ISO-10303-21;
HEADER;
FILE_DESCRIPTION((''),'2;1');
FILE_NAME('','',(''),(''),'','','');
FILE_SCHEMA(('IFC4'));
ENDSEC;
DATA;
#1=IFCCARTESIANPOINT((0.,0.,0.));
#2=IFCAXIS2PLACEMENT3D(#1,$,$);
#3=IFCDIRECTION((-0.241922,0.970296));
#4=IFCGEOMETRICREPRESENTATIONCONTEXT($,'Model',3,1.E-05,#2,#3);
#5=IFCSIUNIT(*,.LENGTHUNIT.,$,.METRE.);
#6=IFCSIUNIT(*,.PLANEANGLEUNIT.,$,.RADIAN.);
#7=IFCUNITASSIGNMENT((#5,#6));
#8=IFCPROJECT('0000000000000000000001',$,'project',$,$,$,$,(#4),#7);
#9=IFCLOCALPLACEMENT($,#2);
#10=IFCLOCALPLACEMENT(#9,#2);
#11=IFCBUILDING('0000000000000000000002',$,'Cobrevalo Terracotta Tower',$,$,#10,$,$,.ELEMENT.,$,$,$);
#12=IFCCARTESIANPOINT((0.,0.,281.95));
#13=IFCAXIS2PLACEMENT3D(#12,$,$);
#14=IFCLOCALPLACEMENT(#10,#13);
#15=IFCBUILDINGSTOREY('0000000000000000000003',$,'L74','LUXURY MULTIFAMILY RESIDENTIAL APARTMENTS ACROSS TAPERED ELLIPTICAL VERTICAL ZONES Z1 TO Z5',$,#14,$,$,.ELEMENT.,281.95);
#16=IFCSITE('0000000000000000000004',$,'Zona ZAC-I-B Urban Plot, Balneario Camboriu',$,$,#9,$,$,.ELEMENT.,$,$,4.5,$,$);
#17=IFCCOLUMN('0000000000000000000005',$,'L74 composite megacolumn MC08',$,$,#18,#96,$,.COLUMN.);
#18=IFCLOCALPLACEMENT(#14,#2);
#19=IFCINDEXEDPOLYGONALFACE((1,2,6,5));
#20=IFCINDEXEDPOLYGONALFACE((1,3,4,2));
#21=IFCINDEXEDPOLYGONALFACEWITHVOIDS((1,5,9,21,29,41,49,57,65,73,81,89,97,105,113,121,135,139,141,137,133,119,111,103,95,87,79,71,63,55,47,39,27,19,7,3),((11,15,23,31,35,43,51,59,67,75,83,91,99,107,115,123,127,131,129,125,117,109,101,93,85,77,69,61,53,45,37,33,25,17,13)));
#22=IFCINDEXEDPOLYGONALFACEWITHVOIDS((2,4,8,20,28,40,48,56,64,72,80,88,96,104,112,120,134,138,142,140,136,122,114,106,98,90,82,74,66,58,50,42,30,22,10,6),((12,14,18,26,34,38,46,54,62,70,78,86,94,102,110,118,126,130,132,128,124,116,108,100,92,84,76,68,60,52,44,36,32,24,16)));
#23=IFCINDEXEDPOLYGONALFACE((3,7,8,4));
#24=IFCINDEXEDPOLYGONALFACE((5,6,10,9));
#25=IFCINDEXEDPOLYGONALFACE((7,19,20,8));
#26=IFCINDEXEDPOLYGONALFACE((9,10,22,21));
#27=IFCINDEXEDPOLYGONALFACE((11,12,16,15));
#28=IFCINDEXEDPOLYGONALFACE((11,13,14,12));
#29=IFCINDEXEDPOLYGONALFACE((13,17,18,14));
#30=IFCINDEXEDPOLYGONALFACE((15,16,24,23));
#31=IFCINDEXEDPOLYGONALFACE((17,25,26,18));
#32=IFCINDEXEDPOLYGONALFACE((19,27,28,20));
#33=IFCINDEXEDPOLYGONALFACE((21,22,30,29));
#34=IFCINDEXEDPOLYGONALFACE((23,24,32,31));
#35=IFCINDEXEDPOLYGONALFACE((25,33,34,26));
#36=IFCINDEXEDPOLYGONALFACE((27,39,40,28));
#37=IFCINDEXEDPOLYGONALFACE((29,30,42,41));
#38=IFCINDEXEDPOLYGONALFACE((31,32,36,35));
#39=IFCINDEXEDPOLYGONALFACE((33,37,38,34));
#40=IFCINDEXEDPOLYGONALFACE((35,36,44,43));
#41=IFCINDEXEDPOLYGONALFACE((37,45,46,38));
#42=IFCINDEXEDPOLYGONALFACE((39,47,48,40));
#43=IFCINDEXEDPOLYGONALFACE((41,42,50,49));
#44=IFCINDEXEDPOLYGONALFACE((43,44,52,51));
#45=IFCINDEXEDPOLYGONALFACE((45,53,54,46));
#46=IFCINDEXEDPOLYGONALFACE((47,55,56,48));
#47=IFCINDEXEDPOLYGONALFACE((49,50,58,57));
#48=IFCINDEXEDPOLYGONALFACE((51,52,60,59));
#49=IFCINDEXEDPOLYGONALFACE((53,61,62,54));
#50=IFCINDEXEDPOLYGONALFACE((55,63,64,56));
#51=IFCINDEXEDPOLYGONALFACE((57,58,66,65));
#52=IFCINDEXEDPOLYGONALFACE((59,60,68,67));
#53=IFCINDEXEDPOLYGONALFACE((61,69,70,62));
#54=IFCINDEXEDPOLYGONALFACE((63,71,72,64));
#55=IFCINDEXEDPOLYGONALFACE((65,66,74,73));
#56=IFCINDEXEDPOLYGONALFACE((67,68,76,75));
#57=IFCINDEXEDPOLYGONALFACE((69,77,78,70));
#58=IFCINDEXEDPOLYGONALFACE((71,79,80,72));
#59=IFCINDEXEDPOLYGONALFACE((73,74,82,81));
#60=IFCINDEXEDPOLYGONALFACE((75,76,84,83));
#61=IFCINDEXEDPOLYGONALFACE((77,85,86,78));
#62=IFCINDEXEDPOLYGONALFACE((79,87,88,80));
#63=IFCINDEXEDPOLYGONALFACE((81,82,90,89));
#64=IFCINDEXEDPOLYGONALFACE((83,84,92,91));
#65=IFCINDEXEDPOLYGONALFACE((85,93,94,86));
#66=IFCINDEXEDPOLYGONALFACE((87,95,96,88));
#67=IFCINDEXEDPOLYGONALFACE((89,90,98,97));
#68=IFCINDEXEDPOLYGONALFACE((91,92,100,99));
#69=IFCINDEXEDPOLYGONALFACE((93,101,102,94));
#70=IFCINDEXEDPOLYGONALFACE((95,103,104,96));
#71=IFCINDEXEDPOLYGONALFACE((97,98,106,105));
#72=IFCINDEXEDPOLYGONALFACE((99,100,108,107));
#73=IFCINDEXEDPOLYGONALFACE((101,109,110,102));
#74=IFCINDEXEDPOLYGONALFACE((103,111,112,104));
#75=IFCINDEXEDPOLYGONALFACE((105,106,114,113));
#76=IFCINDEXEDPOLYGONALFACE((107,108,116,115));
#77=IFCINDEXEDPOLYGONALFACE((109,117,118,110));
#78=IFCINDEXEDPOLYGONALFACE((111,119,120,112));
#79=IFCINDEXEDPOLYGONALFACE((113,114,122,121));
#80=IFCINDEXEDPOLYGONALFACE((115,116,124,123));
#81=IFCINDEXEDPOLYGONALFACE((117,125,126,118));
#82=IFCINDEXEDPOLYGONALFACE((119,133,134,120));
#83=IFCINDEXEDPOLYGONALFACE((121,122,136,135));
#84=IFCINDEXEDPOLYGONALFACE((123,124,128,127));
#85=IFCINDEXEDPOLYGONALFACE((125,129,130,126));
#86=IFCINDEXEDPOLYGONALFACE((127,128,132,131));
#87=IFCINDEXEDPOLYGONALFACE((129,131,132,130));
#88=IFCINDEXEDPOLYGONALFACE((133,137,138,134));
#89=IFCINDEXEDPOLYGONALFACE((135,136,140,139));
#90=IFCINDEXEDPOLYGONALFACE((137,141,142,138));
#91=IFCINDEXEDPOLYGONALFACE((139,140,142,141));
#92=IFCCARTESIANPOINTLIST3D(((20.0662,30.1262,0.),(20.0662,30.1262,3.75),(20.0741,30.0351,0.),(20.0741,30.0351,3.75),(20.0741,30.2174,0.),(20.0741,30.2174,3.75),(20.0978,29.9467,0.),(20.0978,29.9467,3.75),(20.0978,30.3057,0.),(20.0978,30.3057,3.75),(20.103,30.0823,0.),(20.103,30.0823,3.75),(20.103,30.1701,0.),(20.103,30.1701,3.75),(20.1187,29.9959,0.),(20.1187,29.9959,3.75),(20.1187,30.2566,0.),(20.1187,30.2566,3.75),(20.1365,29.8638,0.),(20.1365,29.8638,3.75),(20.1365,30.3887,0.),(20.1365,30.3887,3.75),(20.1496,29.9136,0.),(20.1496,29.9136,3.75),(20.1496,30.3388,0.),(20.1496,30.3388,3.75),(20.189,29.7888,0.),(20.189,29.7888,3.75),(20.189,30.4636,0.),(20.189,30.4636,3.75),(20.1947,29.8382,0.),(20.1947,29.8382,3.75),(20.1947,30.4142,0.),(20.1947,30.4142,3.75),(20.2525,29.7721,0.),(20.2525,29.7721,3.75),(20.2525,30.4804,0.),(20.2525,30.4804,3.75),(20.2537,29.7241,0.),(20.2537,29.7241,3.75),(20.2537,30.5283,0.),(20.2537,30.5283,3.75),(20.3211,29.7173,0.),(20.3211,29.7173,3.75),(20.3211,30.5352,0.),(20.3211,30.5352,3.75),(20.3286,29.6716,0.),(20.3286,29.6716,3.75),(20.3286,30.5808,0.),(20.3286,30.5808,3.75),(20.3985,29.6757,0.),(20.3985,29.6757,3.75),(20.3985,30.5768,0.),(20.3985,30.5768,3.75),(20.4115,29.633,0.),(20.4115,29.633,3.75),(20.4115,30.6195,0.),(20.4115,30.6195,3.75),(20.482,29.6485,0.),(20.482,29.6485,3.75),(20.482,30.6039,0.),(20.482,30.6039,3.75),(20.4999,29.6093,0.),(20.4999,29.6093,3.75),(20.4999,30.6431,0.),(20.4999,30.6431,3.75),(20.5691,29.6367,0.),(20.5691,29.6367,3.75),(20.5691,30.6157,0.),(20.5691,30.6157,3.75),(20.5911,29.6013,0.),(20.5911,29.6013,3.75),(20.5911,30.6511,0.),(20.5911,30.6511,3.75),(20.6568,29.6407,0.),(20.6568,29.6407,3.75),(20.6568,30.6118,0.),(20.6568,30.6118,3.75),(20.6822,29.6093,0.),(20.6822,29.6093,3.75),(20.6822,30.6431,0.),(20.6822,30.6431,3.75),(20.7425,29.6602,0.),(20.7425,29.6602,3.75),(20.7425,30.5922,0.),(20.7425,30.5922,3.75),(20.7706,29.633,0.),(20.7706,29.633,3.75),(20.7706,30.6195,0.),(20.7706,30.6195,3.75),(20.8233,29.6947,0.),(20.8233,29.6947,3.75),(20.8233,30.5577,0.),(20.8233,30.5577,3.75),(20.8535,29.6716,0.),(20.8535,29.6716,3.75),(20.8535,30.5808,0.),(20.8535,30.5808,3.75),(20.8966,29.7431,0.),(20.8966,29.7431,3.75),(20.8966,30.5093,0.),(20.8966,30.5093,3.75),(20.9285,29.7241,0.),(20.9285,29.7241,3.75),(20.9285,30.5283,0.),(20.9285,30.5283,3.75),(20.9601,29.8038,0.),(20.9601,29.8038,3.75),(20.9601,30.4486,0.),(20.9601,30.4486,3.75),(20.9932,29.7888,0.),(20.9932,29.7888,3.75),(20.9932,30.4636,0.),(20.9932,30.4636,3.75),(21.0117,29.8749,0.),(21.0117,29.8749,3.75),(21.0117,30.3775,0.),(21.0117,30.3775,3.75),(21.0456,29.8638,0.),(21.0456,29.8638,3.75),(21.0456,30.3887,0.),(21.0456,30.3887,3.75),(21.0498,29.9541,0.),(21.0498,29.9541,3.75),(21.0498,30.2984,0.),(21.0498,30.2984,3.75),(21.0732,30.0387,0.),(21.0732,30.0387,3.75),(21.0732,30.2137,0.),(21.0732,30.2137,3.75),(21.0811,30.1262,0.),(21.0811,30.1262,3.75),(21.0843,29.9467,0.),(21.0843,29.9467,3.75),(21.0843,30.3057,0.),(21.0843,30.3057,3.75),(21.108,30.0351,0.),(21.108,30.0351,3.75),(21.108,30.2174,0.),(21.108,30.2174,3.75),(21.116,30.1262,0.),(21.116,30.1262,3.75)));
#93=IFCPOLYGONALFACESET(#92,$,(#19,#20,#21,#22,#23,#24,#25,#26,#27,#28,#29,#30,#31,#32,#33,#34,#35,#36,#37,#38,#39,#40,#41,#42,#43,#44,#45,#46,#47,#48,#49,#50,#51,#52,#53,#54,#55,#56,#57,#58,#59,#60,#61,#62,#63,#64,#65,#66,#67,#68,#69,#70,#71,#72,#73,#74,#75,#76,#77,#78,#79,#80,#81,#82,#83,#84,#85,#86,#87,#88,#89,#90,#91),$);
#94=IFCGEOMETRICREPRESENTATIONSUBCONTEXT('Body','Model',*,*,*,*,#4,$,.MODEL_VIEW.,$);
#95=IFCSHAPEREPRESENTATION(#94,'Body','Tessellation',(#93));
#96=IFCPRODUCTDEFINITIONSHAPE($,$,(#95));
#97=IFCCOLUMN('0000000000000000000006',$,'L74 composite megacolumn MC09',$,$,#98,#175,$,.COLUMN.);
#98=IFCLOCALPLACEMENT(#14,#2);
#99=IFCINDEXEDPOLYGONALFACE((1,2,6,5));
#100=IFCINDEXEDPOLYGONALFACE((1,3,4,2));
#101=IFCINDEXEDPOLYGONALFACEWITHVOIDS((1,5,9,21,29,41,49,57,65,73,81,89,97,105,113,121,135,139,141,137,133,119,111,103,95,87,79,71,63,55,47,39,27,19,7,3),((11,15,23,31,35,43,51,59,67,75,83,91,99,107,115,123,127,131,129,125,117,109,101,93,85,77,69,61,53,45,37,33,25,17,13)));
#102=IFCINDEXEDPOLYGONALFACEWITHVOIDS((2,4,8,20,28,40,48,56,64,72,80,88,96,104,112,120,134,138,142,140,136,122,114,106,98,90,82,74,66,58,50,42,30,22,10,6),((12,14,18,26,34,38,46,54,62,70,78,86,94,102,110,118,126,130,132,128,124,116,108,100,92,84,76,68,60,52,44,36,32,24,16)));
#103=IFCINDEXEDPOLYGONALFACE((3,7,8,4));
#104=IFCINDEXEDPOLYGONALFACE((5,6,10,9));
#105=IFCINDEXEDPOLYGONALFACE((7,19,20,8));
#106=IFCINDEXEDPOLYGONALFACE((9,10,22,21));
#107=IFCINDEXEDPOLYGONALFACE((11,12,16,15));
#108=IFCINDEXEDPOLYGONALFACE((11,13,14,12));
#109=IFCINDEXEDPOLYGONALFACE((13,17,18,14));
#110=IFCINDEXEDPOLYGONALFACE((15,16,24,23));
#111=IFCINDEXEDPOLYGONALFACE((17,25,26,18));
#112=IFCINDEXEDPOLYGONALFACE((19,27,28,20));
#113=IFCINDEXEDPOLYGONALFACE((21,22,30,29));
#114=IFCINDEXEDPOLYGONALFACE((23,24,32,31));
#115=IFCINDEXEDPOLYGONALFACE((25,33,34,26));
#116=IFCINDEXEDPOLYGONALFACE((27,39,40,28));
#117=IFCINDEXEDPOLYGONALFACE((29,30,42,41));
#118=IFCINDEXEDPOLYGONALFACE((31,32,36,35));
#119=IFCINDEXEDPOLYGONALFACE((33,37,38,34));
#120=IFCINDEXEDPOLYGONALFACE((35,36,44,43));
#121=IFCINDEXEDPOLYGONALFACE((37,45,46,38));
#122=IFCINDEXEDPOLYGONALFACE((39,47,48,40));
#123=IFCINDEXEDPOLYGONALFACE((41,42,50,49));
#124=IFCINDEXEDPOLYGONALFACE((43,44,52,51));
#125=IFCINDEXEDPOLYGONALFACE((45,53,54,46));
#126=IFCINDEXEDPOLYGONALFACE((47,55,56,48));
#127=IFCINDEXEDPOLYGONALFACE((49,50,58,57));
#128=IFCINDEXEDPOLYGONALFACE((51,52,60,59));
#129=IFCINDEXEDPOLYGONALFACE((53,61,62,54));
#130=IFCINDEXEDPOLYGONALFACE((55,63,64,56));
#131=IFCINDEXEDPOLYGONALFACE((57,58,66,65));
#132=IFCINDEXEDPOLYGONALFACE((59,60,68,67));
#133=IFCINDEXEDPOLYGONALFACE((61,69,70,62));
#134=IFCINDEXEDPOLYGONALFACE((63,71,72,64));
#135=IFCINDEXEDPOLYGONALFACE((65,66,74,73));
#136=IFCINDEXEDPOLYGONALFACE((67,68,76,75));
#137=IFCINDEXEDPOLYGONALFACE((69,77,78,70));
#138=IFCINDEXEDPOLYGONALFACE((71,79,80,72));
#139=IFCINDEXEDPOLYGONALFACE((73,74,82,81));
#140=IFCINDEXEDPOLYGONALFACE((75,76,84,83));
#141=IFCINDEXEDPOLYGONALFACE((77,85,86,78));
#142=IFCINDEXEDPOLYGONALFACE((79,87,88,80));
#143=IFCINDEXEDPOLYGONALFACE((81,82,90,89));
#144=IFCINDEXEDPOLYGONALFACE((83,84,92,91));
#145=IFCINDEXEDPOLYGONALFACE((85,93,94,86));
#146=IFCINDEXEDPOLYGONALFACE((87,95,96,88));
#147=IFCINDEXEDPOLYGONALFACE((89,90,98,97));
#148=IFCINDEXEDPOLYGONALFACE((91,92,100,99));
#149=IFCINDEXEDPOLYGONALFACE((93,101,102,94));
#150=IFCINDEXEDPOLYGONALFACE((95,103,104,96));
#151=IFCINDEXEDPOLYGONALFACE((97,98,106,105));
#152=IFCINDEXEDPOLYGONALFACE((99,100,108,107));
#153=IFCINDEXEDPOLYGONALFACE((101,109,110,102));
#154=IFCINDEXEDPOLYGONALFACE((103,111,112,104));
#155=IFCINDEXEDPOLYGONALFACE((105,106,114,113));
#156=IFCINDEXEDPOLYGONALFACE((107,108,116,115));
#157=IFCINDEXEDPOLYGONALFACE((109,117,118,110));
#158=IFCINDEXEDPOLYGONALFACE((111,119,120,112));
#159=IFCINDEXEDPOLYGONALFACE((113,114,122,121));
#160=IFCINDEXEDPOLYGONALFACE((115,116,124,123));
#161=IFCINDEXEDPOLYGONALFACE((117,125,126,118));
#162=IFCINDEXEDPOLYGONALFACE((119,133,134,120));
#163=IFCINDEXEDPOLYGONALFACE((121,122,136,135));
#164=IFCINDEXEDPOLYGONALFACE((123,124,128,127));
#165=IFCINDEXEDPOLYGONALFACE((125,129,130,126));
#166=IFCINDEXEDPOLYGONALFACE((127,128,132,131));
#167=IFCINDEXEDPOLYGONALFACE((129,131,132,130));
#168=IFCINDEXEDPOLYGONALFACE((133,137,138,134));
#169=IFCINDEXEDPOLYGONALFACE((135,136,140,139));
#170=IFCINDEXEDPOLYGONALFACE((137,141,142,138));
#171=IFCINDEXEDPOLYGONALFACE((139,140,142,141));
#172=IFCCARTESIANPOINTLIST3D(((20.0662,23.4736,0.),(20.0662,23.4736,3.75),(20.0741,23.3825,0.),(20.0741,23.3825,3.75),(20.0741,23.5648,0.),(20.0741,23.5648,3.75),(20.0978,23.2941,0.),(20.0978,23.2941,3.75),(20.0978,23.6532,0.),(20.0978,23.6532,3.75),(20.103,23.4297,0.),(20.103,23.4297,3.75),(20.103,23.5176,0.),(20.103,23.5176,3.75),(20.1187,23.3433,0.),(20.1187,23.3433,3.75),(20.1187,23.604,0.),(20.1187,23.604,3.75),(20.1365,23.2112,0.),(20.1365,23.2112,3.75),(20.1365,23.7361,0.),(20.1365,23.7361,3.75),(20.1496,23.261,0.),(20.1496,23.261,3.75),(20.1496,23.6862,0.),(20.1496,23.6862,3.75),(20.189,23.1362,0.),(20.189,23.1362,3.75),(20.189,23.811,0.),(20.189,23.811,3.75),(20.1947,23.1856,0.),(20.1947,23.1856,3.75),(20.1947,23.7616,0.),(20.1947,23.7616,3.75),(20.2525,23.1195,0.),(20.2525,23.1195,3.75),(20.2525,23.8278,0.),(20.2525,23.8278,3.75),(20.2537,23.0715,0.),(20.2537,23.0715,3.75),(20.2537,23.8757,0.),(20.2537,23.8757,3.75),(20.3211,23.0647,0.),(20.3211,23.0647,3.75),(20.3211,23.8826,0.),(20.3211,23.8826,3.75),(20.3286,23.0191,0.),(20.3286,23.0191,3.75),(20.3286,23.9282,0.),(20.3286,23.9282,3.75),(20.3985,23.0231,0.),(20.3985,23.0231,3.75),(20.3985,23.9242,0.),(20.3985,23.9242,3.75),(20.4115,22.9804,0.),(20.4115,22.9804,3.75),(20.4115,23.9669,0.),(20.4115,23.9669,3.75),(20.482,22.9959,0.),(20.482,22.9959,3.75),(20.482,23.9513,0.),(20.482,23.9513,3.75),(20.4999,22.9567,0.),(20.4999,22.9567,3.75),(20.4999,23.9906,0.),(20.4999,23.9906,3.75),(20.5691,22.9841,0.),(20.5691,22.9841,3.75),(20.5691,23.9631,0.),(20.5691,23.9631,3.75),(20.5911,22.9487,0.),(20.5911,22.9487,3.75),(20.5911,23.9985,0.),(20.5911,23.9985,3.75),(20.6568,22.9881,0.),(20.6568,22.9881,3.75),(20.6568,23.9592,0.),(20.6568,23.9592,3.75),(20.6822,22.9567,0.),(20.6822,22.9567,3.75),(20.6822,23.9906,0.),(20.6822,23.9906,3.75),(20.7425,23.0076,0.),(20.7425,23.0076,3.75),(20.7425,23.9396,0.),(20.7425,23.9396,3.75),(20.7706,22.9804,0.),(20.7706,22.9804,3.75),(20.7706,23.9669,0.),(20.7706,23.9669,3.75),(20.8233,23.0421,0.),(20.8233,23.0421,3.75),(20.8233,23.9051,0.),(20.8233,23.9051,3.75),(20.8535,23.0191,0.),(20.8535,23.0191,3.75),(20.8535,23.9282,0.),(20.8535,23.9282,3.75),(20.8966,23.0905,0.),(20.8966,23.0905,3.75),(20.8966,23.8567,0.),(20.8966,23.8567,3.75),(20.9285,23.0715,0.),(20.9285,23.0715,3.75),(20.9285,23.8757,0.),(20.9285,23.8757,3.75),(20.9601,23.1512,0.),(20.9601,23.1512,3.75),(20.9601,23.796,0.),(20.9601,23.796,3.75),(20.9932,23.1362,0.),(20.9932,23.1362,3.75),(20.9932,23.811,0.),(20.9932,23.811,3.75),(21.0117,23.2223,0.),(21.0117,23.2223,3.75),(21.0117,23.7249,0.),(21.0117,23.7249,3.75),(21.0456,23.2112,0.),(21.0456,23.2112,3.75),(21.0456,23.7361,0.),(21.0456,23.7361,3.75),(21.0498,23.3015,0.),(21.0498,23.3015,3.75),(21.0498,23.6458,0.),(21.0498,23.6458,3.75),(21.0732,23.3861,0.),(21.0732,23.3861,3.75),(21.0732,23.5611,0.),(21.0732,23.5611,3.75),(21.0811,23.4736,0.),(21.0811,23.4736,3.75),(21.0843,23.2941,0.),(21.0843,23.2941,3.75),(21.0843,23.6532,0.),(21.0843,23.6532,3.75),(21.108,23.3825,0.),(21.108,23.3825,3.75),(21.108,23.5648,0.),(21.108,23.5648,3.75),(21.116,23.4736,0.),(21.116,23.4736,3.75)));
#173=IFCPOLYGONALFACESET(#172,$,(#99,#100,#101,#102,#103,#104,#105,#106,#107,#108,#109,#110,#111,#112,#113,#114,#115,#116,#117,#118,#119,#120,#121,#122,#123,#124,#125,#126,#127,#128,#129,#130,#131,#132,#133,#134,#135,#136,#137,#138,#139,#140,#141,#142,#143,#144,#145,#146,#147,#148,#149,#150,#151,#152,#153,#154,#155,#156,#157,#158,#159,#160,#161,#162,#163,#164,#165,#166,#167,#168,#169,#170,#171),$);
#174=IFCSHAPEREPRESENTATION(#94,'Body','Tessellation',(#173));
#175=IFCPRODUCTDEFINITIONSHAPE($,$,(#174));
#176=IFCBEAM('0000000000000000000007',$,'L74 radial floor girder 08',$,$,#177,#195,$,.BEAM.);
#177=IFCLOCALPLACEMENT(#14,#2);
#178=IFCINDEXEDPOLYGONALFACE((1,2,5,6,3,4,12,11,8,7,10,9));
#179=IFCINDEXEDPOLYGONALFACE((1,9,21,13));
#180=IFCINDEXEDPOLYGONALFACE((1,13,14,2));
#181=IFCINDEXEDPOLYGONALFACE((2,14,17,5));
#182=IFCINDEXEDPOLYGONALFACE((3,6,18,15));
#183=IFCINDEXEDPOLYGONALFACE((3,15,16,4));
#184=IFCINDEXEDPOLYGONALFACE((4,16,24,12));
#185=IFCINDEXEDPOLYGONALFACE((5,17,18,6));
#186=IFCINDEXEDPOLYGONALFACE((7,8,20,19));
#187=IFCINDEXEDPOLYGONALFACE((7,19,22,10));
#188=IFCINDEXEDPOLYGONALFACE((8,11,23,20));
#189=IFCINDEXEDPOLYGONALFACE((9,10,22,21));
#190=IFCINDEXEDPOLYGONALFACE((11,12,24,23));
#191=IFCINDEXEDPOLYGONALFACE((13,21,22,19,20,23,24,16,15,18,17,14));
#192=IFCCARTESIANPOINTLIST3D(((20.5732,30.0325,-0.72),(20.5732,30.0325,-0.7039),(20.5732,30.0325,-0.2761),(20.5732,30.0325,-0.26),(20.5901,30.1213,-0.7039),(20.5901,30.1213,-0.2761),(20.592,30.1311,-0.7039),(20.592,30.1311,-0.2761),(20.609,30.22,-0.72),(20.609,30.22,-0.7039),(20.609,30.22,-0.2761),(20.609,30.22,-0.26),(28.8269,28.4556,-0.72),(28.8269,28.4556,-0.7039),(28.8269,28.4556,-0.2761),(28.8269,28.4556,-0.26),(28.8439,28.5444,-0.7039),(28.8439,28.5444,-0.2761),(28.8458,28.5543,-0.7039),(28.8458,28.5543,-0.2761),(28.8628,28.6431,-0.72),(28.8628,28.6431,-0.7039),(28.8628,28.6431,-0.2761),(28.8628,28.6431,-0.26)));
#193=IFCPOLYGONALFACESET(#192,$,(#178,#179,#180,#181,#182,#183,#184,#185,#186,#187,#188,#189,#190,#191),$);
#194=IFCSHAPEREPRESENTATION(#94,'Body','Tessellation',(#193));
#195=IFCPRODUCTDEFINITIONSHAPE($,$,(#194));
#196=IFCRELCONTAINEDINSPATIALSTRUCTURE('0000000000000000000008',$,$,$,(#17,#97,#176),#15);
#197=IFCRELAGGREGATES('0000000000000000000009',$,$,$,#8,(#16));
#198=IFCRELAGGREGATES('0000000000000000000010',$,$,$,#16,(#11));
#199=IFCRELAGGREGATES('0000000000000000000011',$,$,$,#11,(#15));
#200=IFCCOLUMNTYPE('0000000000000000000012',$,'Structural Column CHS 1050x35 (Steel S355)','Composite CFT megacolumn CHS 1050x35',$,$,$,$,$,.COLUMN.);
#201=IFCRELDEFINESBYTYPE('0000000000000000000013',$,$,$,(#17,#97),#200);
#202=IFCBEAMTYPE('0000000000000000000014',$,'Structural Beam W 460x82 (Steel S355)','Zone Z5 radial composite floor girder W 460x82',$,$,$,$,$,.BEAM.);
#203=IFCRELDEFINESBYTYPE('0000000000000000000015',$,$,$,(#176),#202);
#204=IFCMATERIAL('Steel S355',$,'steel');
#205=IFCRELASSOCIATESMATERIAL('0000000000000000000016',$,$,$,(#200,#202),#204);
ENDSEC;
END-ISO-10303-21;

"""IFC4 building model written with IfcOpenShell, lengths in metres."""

from ifc_helpers import new_model, si_unit, direction, frame, origin, origin_2d, place, context, subcontext, project, spatial, hollow_circle, i_section, extrude, material, material_profile, profile_set, type_object, element, save


model = new_model("IFC4")

# Units and contexts
model_context = context("Model", 3, precision=1e-05, world=origin(), true_north=direction((-0.241922, 0.970296)))
body_context = subcontext(model_context, "Body", "Model", "MODEL_VIEW")
ifc_project = project(units=[si_unit("LENGTHUNIT", "METRE"), si_unit("PLANEANGLEUNIT", "RADIAN")], contexts=[model_context])

# Site, building, storey
site_placement = place(None, origin())
site = spatial("IfcSite", under=ifc_project, at=site_placement, Name="Zona ZAC-I-B Urban Plot, Balneario Camboriu", CompositionType="ELEMENT", RefElevation=4.5)
building_placement = place(site_placement, origin())
building = spatial("IfcBuilding", under=site, at=building_placement, Name="Cobrevalo Terracotta Tower", CompositionType="ELEMENT")
storey_placement = place(building_placement, frame((0.0, 0.0, 281.95)))
storey = spatial("IfcBuildingStorey", under=building, at=storey_placement, Name="L74", Description="LUXURY MULTIFAMILY RESIDENTIAL APARTMENTS ACROSS TAPERED ELLIPTICAL VERTICAL ZONES Z1 TO Z5", CompositionType="ELEMENT", Elevation=281.95)

# Columns
ifc_material_1 = material(Name="Steel S355", Category="steel")
ifc_material_profile_1 = material_profile(ifc_material_1, hollow_circle(Radius=0.5249, WallThickness=0.0349, at=origin_2d()), Name="CHS 1050x35")
ifc_profile_set_1 = profile_set([ifc_material_profile_1], Name="Steel S355")
column_type = type_object("IfcColumnType", Name="Structural Column CHS 1050x35 (Steel S355)", Description="Composite CFT megacolumn CHS 1050x35", PredefinedType="COLUMN", material=ifc_profile_set_1)
for number, where, z_axis, x_axis, name in (
    (1, (20.5911, 30.1262, 0.0), (0.0, 0.0, 1.0), (1.0, 0.0, 0.0), "L74 composite megacolumn MC08"),
    (2, (20.5911, 23.4736, 0.0), (0.0, 0.0, 1.0), (1.0, 0.0, 0.0), "L74 composite megacolumn MC09"),
):
    element("IfcColumn", number, at=place(storey_placement, frame(where, z_axis=z_axis, x_axis=x_axis)), inside=storey, type_object=column_type, Name=name, PredefinedType="COLUMN", context=body_context, shape_type="SweptSolid", body=[
        extrude(hollow_circle(Radius=0.5249, WallThickness=0.0349, at=origin_2d()), origin(), (0.0, 0.0, 1.0), 3.75),
    ])

# Beam
ifc_material_profile_2 = material_profile(ifc_material_1, i_section(OverallWidth=0.1909, OverallDepth=0.46, WebThickness=0.01, FlangeThickness=0.0161, at=origin_2d()), Name="W 460x82")
ifc_profile_set_2 = profile_set([ifc_material_profile_2], Name="Steel S355")
beam_type_1 = type_object("IfcBeamType", Name="Structural Beam W 460x82 (Steel S355)", Description="Zone Z5 radial composite floor girder W 460x82", PredefinedType="BEAM", material=ifc_profile_set_2)
beam_1_placement = place(storey_placement, frame((20.5911, 30.1262, -0.49), z_axis=(0.982235, -0.187655, 0.0), x_axis=(0.187655, 0.982235, 0.0)))
element("IfcBeam", 3, at=beam_1_placement, inside=storey, type_object=beam_type_1, Name="L74 radial floor girder 08", PredefinedType="BEAM", context=body_context, shape_type="SweptSolid", body=[
    extrude(i_section(OverallWidth=0.1909, OverallDepth=0.46, WebThickness=0.01, FlangeThickness=0.0161, at=origin_2d()), origin(), (0.0, 0.0, 1.0), 8.4031),
])

save(model, "model.ifc")
